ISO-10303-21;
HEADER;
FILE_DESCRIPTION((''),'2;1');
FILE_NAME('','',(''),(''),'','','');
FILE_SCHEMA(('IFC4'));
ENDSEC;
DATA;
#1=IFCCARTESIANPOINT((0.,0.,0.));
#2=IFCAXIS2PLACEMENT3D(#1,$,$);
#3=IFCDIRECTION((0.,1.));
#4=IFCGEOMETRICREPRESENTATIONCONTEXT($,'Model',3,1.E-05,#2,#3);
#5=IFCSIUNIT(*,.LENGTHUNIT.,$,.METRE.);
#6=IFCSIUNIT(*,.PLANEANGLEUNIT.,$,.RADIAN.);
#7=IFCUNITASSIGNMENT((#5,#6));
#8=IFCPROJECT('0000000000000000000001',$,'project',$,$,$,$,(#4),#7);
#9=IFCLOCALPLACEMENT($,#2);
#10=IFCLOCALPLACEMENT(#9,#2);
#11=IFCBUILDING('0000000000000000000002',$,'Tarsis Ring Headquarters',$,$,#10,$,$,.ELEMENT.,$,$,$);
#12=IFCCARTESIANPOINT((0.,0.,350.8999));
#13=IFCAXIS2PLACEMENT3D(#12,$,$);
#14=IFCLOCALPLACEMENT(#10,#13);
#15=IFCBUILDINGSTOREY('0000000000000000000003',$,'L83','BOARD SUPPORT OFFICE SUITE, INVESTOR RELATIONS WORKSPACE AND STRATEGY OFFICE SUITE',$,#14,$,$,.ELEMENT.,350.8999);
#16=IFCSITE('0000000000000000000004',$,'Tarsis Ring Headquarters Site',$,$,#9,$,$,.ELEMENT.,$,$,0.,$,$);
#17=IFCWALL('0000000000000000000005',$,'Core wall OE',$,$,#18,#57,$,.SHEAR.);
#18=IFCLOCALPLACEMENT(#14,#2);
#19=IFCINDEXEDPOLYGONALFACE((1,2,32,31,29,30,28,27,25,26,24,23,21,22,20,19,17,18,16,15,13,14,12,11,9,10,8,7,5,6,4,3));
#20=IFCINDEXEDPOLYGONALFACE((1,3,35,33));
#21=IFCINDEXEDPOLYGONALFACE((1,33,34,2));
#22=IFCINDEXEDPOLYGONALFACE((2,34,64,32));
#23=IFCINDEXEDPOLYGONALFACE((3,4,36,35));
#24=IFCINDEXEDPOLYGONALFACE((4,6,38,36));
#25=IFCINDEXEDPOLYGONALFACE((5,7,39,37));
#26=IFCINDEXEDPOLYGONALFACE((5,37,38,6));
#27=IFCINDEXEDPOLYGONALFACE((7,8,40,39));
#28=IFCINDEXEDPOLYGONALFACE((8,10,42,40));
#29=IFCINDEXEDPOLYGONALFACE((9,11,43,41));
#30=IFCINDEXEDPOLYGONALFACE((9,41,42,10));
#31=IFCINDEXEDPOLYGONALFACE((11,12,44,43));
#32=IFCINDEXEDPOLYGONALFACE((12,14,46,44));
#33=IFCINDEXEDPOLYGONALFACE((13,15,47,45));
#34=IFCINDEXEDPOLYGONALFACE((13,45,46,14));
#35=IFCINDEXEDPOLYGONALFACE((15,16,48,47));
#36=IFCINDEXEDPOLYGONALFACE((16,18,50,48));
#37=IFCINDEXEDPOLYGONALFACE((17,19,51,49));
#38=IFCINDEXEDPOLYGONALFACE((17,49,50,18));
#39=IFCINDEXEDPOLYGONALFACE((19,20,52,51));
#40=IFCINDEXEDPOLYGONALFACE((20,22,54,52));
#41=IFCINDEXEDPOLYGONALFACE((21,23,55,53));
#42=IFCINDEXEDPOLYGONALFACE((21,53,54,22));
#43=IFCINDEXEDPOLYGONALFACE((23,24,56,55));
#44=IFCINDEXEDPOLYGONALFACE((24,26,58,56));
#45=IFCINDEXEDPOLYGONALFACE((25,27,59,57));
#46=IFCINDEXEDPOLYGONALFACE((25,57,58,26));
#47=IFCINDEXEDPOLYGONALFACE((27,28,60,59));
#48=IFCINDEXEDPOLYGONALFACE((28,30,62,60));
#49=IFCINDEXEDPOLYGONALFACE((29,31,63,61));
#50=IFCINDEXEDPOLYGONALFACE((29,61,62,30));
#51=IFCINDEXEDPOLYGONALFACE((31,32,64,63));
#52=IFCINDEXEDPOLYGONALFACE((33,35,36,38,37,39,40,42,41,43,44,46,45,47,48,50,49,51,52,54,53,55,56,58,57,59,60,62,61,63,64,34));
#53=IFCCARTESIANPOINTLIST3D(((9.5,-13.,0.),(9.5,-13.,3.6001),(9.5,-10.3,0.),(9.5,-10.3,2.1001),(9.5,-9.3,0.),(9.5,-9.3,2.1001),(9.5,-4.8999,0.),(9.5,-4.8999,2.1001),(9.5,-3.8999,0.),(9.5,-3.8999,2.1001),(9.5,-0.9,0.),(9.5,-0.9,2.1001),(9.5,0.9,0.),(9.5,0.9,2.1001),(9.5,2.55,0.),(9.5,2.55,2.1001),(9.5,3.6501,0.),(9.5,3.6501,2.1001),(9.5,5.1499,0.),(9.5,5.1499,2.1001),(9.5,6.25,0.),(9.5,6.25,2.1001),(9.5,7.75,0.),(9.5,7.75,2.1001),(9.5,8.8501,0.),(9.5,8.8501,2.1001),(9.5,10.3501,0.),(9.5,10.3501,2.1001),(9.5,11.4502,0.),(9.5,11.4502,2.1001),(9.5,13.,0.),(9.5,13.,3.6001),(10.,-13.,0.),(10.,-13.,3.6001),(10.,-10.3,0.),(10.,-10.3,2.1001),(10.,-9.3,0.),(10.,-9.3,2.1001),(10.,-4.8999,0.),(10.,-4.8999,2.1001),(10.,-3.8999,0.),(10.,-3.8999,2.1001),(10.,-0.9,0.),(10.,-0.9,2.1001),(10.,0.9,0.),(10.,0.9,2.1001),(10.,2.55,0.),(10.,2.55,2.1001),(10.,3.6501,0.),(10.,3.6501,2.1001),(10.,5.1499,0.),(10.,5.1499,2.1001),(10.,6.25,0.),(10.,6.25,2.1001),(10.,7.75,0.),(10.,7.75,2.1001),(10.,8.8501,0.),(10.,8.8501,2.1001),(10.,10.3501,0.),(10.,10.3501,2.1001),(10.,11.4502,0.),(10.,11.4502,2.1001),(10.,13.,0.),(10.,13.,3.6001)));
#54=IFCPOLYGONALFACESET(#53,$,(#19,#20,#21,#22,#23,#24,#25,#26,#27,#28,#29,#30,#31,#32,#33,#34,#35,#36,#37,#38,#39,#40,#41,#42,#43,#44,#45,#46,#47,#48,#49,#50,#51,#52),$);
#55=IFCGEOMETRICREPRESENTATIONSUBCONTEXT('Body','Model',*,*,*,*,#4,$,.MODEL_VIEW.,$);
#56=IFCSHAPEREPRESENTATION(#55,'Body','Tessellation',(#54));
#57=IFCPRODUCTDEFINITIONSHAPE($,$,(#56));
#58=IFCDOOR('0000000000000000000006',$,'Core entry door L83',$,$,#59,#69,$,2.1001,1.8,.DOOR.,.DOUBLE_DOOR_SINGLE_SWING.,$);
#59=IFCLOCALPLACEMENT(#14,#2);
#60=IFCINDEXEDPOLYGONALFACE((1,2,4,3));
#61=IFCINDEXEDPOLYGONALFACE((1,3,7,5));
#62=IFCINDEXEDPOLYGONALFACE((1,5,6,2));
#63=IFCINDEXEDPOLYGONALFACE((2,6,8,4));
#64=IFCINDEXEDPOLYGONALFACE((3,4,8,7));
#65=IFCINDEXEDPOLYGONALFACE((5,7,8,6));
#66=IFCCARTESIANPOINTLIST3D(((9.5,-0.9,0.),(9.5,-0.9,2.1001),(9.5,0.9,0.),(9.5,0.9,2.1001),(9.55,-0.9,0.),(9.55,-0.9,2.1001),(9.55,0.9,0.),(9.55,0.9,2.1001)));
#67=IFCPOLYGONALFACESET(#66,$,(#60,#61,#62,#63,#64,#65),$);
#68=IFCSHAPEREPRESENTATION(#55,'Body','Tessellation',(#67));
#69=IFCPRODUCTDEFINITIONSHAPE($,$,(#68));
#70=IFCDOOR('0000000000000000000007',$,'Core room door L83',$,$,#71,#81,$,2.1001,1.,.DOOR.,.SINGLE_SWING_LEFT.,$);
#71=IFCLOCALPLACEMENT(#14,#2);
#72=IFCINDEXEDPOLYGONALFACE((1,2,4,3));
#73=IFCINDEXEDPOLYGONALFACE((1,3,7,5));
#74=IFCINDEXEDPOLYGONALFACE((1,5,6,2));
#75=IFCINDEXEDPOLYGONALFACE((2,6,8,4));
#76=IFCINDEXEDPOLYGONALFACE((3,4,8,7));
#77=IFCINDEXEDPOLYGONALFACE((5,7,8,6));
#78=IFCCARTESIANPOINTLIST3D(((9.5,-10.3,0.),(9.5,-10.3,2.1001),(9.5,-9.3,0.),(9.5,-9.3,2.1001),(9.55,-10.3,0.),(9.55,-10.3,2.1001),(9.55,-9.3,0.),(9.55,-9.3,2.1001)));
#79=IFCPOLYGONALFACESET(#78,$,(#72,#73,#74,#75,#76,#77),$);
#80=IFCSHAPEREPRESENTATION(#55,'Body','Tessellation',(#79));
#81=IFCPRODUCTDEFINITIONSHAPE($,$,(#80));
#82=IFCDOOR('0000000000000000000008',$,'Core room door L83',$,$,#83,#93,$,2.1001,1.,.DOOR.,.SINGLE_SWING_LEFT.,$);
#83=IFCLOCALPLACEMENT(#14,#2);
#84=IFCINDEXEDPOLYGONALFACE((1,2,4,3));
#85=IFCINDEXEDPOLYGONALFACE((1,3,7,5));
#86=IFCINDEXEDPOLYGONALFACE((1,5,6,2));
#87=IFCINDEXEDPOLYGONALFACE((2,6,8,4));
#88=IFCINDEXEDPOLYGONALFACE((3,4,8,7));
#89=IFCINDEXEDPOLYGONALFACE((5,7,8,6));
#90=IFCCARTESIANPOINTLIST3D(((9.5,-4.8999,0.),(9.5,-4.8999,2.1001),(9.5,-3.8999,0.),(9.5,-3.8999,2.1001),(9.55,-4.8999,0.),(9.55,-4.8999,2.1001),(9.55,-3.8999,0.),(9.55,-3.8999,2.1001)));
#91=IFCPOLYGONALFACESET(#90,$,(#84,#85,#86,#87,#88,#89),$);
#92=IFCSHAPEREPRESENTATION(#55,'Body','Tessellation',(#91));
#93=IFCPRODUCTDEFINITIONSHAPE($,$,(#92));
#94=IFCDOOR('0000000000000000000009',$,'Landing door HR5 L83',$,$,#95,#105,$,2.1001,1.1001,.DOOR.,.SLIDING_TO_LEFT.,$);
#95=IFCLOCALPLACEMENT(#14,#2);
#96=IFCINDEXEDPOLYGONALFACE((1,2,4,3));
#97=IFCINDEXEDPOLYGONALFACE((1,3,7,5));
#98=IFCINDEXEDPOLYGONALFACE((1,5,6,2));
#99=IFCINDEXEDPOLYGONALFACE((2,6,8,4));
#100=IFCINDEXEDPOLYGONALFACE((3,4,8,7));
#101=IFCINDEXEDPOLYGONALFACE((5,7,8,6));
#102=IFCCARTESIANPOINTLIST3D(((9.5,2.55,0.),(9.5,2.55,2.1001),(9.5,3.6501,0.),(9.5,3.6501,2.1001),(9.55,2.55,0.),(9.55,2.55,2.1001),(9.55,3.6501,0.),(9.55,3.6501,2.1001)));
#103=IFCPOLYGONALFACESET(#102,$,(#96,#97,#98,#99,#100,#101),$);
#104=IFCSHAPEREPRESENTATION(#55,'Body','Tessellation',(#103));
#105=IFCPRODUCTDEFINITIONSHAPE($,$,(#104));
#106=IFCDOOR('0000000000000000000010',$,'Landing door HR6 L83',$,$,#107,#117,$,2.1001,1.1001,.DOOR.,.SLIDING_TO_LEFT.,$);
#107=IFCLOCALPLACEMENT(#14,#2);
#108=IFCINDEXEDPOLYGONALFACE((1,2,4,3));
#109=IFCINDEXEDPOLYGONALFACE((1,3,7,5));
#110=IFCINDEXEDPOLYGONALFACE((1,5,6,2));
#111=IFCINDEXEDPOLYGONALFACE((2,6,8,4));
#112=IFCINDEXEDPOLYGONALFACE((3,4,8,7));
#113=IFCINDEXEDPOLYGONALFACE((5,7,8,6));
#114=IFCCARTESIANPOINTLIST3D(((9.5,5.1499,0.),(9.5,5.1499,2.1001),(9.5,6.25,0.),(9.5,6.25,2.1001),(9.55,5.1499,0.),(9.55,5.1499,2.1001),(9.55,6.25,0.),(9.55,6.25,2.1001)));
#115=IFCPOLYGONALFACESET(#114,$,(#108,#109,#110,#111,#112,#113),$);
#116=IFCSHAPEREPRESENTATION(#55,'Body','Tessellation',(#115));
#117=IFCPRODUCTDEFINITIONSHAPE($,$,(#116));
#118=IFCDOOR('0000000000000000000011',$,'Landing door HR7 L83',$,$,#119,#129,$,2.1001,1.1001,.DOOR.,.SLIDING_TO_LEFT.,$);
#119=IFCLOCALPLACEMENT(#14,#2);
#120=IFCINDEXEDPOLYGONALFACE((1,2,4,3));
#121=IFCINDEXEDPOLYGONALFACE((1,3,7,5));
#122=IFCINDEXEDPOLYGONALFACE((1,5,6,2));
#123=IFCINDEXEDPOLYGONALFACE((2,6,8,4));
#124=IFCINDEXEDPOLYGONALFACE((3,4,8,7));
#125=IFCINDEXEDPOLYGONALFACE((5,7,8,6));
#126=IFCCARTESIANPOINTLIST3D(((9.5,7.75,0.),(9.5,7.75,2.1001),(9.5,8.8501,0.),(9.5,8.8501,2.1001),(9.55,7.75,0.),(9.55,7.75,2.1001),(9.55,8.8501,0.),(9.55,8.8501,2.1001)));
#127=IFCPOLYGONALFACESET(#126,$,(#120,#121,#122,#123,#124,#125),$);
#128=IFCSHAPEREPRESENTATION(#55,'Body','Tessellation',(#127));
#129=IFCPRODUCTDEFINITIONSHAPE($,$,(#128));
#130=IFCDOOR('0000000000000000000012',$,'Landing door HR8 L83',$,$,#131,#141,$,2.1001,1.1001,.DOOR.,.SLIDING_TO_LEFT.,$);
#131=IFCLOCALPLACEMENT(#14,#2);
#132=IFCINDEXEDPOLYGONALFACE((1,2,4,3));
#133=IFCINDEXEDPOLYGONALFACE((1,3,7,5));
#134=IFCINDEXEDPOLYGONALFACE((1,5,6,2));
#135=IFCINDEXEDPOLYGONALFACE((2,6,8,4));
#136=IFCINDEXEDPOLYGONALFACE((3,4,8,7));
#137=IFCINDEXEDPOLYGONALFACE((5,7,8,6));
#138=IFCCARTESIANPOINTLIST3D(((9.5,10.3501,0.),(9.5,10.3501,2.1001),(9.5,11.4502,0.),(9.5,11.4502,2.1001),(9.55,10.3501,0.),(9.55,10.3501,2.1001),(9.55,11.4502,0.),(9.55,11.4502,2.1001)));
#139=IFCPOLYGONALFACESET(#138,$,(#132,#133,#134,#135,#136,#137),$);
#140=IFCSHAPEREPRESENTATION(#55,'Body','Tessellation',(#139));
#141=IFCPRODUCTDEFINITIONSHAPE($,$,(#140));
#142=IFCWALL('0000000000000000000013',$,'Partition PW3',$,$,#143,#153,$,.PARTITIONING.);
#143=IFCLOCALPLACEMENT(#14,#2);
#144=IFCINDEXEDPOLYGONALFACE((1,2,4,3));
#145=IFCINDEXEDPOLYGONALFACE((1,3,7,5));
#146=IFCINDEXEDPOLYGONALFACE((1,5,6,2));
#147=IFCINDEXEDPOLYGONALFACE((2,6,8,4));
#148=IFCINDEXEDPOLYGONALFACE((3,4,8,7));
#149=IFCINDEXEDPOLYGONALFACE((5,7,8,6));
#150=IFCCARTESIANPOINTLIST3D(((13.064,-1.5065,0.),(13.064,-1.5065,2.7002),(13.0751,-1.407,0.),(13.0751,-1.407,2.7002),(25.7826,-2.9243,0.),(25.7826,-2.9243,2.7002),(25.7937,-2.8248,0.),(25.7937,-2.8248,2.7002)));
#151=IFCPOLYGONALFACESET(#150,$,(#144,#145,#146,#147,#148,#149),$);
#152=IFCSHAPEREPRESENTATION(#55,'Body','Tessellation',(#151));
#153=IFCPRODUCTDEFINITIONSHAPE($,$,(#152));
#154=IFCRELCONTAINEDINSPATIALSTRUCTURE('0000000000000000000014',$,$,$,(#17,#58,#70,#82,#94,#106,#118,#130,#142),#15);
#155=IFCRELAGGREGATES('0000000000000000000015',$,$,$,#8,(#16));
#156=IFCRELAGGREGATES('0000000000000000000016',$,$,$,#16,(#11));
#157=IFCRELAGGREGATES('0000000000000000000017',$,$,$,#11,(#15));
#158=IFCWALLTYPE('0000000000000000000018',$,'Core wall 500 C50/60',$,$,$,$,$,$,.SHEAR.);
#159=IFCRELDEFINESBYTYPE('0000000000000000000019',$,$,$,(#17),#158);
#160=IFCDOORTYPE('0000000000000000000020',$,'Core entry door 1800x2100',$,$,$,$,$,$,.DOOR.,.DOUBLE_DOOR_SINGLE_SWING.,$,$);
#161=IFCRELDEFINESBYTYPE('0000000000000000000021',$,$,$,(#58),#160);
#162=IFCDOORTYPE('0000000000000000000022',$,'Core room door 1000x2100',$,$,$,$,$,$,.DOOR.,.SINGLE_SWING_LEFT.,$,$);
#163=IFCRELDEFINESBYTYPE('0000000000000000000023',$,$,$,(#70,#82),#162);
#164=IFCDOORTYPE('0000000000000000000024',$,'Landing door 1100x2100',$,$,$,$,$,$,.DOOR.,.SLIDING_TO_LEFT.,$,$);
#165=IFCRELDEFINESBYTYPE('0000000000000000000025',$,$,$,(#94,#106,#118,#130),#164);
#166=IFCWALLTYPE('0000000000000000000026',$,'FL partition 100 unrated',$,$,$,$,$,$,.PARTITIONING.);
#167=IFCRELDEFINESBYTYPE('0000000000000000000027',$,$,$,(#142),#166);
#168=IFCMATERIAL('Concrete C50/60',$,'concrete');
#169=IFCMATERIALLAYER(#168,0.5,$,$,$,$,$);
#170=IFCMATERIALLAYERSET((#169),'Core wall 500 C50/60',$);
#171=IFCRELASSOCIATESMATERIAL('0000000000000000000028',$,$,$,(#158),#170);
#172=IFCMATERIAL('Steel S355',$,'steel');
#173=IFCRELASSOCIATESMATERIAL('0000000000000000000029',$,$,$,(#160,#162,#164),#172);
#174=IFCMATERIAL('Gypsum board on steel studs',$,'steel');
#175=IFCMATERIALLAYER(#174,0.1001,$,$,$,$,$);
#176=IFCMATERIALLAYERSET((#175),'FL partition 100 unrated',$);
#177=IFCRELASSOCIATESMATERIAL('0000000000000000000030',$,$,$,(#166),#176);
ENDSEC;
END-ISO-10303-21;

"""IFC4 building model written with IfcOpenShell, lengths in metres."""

from ifc_helpers import new_model, si_unit, direction, frame, frame_2d, origin, place, context, subcontext, project, spatial, rectangle, extrude, material, layer, layer_set, type_object, element, fill, save


model = new_model("IFC4")

# Units and contexts
model_context = context("Model", 3, precision=1e-05, world=origin(), true_north=direction((0.0, 1.0)))
body_context = subcontext(model_context, "Body", "Model", "MODEL_VIEW")
ifc_project = project(units=[si_unit("LENGTHUNIT", "METRE"), si_unit("PLANEANGLEUNIT", "RADIAN")], contexts=[model_context])

# Site, building, storey
site_placement = place(None, origin())
site = spatial("IfcSite", under=ifc_project, at=site_placement, Name="Tarsis Ring Headquarters Site", CompositionType="ELEMENT", RefElevation=0.0)
building_placement = place(site_placement, origin())
building = spatial("IfcBuilding", under=site, at=building_placement, Name="Tarsis Ring Headquarters", CompositionType="ELEMENT")
storey_placement = place(building_placement, frame((0.0, 0.0, 350.8999)))
storey = spatial("IfcBuildingStorey", under=building, at=storey_placement, Name="L83", Description="BOARD SUPPORT OFFICE SUITE, INVESTOR RELATIONS WORKSPACE AND STRATEGY OFFICE SUITE", CompositionType="ELEMENT", Elevation=350.8999)

# Wall, openings, doors
ifc_material_1 = material(Name="Concrete C50/60", Category="concrete")
ifc_layer_1 = layer(ifc_material_1, 0.5)
ifc_layer_set_1 = layer_set([ifc_layer_1], Name="Core wall 500 C50/60")
wall_type_1 = type_object("IfcWallType", Name="Core wall 500 C50/60", PredefinedType="SHEAR", material=ifc_layer_set_1)
wall_1_placement = place(storey_placement, frame((9.75, -13.0, 0.0), z_axis=(0.0, 0.0, 1.0), x_axis=(0.0, 1.0, 0.0)))
wall_1 = element("IfcWall", 1, at=wall_1_placement, inside=storey, type_object=wall_type_1, Name="Core wall OE", PredefinedType="SHEAR", context=body_context, shape_type="SweptSolid", body=[
    extrude(rectangle(XDim=26.0, YDim=0.5, at=frame_2d((13.0, 0.0))), origin(), (0.0, 0.0, 1.0), 3.6001),
])
opening_1_placement = place(wall_1_placement, frame((2.7, 0.0, 0.0)))
opening_1 = element("IfcOpeningElement", 2, at=opening_1_placement, cuts=wall_1, PredefinedType="OPENING", context=body_context, shape_type="SweptSolid", body=[
    extrude(rectangle(XDim=1.0, YDim=2.1001, at=frame_2d((0.5, 1.05))), frame((0.0, 0.26, 0.0), z_axis=(0.0, -1.0, 0.0), x_axis=(1.0, 0.0, 0.0)), (0.0, 0.0, 1.0), 0.52),
])
opening_2_placement = place(wall_1_placement, frame((8.1001, 0.0, 0.0)))
opening_2 = element("IfcOpeningElement", 3, at=opening_2_placement, cuts=wall_1, PredefinedType="OPENING", context=body_context, shape_type="SweptSolid", body=[
    extrude(rectangle(XDim=1.0, YDim=2.1001, at=frame_2d((0.5, 1.05))), frame((0.0, 0.26, 0.0), z_axis=(0.0, -1.0, 0.0), x_axis=(1.0, 0.0, 0.0)), (0.0, 0.0, 1.0), 0.52),
])
opening_3_placement = place(wall_1_placement, frame((12.1001, 0.0, 0.0)))
opening_3 = element("IfcOpeningElement", 4, at=opening_3_placement, cuts=wall_1, PredefinedType="OPENING", context=body_context, shape_type="SweptSolid", body=[
    extrude(rectangle(XDim=1.8, YDim=2.1001, at=frame_2d((0.8999, 1.05))), frame((0.0, 0.26, 0.0), z_axis=(0.0, -1.0, 0.0), x_axis=(1.0, 0.0, 0.0)), (0.0, 0.0, 1.0), 0.52),
])
opening_4_placement = place(wall_1_placement, frame((15.55, 0.0, 0.0)))
opening_4 = element("IfcOpeningElement", 5, at=opening_4_placement, cuts=wall_1, PredefinedType="OPENING", context=body_context, shape_type="SweptSolid", body=[
    extrude(rectangle(XDim=1.1001, YDim=2.1001, at=frame_2d((0.55, 1.05))), frame((0.0, 0.26, 0.0), z_axis=(0.0, -1.0, 0.0), x_axis=(1.0, 0.0, 0.0)), (0.0, 0.0, 1.0), 0.52),
])
opening_5_placement = place(wall_1_placement, frame((18.1499, 0.0, 0.0)))
opening_5 = element("IfcOpeningElement", 6, at=opening_5_placement, cuts=wall_1, PredefinedType="OPENING", context=body_context, shape_type="SweptSolid", body=[
    extrude(rectangle(XDim=1.1001, YDim=2.1001, at=frame_2d((0.55, 1.05))), frame((0.0, 0.26, 0.0), z_axis=(0.0, -1.0, 0.0), x_axis=(1.0, 0.0, 0.0)), (0.0, 0.0, 1.0), 0.52),
])
opening_6_placement = place(wall_1_placement, frame((20.75, 0.0, 0.0)))
opening_6 = element("IfcOpeningElement", 7, at=opening_6_placement, cuts=wall_1, PredefinedType="OPENING", context=body_context, shape_type="SweptSolid", body=[
    extrude(rectangle(XDim=1.1001, YDim=2.1001, at=frame_2d((0.55, 1.05))), frame((0.0, 0.26, 0.0), z_axis=(0.0, -1.0, 0.0), x_axis=(1.0, 0.0, 0.0)), (0.0, 0.0, 1.0), 0.52),
])
opening_7_placement = place(wall_1_placement, frame((23.3501, 0.0, 0.0)))
opening_7 = element("IfcOpeningElement", 8, at=opening_7_placement, cuts=wall_1, PredefinedType="OPENING", context=body_context, shape_type="SweptSolid", body=[
    extrude(rectangle(XDim=1.1001, YDim=2.1001, at=frame_2d((0.55, 1.05))), frame((0.0, 0.26, 0.0), z_axis=(0.0, -1.0, 0.0), x_axis=(1.0, 0.0, 0.0)), (0.0, 0.0, 1.0), 0.52),
])
ifc_material_2 = material(Name="Steel S355", Category="steel")
door_type_1 = type_object("IfcDoorType", Name="Core entry door 1800x2100", OperationType="DOUBLE_DOOR_SINGLE_SWING", PredefinedType="DOOR", material=ifc_material_2)
door_1_placement = place(opening_3_placement, origin())
door_1 = element("IfcDoor", 9, at=door_1_placement, inside=storey, type_object=door_type_1, Name="Core entry door L83", OperationType="DOUBLE_DOOR_SINGLE_SWING", OverallHeight=2.1001, OverallWidth=1.8, PredefinedType="DOOR", context=body_context, shape_type="SweptSolid", body=[
    extrude(rectangle(XDim=1.8, YDim=2.1001, at=frame_2d((0.8999, 1.05))), frame((0.0, 0.25, 0.0), z_axis=(0.0, -1.0, 0.0), x_axis=(1.0, 0.0, 0.0)), (0.0, 0.0, 1.0), 0.05),
])
fill(opening_3, door_1)
door_type_2 = type_object("IfcDoorType", Name="Core room door 1000x2100", OperationType="SINGLE_SWING_LEFT", PredefinedType="DOOR", material=ifc_material_2)
door_2_placement = place(opening_1_placement, origin())
door_2 = element("IfcDoor", 10, at=door_2_placement, inside=storey, type_object=door_type_2, Name="Core room door L83", OperationType="SINGLE_SWING_LEFT", OverallHeight=2.1001, OverallWidth=1.0, PredefinedType="DOOR", context=body_context, shape_type="SweptSolid", body=[
    extrude(rectangle(XDim=1.0, YDim=2.1001, at=frame_2d((0.5, 1.05))), frame((0.0, 0.25, 0.0), z_axis=(0.0, -1.0, 0.0), x_axis=(1.0, 0.0, 0.0)), (0.0, 0.0, 1.0), 0.05),
])
fill(opening_1, door_2)
door_3_placement = place(opening_2_placement, origin())
door_3 = element("IfcDoor", 11, at=door_3_placement, inside=storey, type_object=door_type_2, Name="Core room door L83", OperationType="SINGLE_SWING_LEFT", OverallHeight=2.1001, OverallWidth=1.0, PredefinedType="DOOR", context=body_context, shape_type="SweptSolid", body=[
    extrude(rectangle(XDim=1.0, YDim=2.1001, at=frame_2d((0.5, 1.05))), frame((0.0, 0.25, 0.0), z_axis=(0.0, -1.0, 0.0), x_axis=(1.0, 0.0, 0.0)), (0.0, 0.0, 1.0), 0.05),
])
fill(opening_2, door_3)
door_type_3 = type_object("IfcDoorType", Name="Landing door 1100x2100", OperationType="SLIDING_TO_LEFT", PredefinedType="DOOR", material=ifc_material_2)
door_4_placement = place(opening_4_placement, origin())
door_4 = element("IfcDoor", 12, at=door_4_placement, inside=storey, type_object=door_type_3, Name="Landing door HR5 L83", OperationType="SLIDING_TO_LEFT", OverallHeight=2.1001, OverallWidth=1.1001, PredefinedType="DOOR", context=body_context, shape_type="SweptSolid", body=[
    extrude(rectangle(XDim=1.1001, YDim=2.1001, at=frame_2d((0.55, 1.05))), frame((0.0, 0.25, 0.0), z_axis=(0.0, -1.0, 0.0), x_axis=(1.0, 0.0, 0.0)), (0.0, 0.0, 1.0), 0.05),
])
fill(opening_4, door_4)
door_5_placement = place(opening_5_placement, origin())
door_5 = element("IfcDoor", 13, at=door_5_placement, inside=storey, type_object=door_type_3, Name="Landing door HR6 L83", OperationType="SLIDING_TO_LEFT", OverallHeight=2.1001, OverallWidth=1.1001, PredefinedType="DOOR", context=body_context, shape_type="SweptSolid", body=[
    extrude(rectangle(XDim=1.1001, YDim=2.1001, at=frame_2d((0.55, 1.05))), frame((0.0, 0.25, 0.0), z_axis=(0.0, -1.0, 0.0), x_axis=(1.0, 0.0, 0.0)), (0.0, 0.0, 1.0), 0.05),
])
fill(opening_5, door_5)
door_6_placement = place(opening_6_placement, origin())
door_6 = element("IfcDoor", 14, at=door_6_placement, inside=storey, type_object=door_type_3, Name="Landing door HR7 L83", OperationType="SLIDING_TO_LEFT", OverallHeight=2.1001, OverallWidth=1.1001, PredefinedType="DOOR", context=body_context, shape_type="SweptSolid", body=[
    extrude(rectangle(XDim=1.1001, YDim=2.1001, at=frame_2d((0.55, 1.05))), frame((0.0, 0.25, 0.0), z_axis=(0.0, -1.0, 0.0), x_axis=(1.0, 0.0, 0.0)), (0.0, 0.0, 1.0), 0.05),
])
fill(opening_6, door_6)
door_7_placement = place(opening_7_placement, origin())
door_7 = element("IfcDoor", 15, at=door_7_placement, inside=storey, type_object=door_type_3, Name="Landing door HR8 L83", OperationType="SLIDING_TO_LEFT", OverallHeight=2.1001, OverallWidth=1.1001, PredefinedType="DOOR", context=body_context, shape_type="SweptSolid", body=[
    extrude(rectangle(XDim=1.1001, YDim=2.1001, at=frame_2d((0.55, 1.05))), frame((0.0, 0.25, 0.0), z_axis=(0.0, -1.0, 0.0), x_axis=(1.0, 0.0, 0.0)), (0.0, 0.0, 1.0), 0.05),
])
fill(opening_7, door_7)

# Wall
ifc_material_3 = material(Name="Gypsum board on steel studs", Category="steel")
ifc_layer_2 = layer(ifc_material_3, 0.1001)
ifc_layer_set_2 = layer_set([ifc_layer_2], Name="FL partition 100 unrated")
wall_type_2 = type_object("IfcWallType", Name="FL partition 100 unrated", PredefinedType="PARTITIONING", material=ifc_layer_set_2)
wall_2_placement = place(storey_placement, frame((13.0696, -1.4568, 0.0), z_axis=(0.0, 0.0, 1.0), x_axis=(0.993845, -0.110783, 0.0)))
element("IfcWall", 16, at=wall_2_placement, inside=storey, type_object=wall_type_2, Name="Partition PW3", PredefinedType="PARTITIONING", context=body_context, shape_type="SweptSolid", body=[
    extrude(rectangle(XDim=12.7974, YDim=0.1001, at=frame_2d((6.3987, 0.0))), origin(), (0.0, 0.0, 1.0), 2.7002),
])

save(model, "model.ifc")
